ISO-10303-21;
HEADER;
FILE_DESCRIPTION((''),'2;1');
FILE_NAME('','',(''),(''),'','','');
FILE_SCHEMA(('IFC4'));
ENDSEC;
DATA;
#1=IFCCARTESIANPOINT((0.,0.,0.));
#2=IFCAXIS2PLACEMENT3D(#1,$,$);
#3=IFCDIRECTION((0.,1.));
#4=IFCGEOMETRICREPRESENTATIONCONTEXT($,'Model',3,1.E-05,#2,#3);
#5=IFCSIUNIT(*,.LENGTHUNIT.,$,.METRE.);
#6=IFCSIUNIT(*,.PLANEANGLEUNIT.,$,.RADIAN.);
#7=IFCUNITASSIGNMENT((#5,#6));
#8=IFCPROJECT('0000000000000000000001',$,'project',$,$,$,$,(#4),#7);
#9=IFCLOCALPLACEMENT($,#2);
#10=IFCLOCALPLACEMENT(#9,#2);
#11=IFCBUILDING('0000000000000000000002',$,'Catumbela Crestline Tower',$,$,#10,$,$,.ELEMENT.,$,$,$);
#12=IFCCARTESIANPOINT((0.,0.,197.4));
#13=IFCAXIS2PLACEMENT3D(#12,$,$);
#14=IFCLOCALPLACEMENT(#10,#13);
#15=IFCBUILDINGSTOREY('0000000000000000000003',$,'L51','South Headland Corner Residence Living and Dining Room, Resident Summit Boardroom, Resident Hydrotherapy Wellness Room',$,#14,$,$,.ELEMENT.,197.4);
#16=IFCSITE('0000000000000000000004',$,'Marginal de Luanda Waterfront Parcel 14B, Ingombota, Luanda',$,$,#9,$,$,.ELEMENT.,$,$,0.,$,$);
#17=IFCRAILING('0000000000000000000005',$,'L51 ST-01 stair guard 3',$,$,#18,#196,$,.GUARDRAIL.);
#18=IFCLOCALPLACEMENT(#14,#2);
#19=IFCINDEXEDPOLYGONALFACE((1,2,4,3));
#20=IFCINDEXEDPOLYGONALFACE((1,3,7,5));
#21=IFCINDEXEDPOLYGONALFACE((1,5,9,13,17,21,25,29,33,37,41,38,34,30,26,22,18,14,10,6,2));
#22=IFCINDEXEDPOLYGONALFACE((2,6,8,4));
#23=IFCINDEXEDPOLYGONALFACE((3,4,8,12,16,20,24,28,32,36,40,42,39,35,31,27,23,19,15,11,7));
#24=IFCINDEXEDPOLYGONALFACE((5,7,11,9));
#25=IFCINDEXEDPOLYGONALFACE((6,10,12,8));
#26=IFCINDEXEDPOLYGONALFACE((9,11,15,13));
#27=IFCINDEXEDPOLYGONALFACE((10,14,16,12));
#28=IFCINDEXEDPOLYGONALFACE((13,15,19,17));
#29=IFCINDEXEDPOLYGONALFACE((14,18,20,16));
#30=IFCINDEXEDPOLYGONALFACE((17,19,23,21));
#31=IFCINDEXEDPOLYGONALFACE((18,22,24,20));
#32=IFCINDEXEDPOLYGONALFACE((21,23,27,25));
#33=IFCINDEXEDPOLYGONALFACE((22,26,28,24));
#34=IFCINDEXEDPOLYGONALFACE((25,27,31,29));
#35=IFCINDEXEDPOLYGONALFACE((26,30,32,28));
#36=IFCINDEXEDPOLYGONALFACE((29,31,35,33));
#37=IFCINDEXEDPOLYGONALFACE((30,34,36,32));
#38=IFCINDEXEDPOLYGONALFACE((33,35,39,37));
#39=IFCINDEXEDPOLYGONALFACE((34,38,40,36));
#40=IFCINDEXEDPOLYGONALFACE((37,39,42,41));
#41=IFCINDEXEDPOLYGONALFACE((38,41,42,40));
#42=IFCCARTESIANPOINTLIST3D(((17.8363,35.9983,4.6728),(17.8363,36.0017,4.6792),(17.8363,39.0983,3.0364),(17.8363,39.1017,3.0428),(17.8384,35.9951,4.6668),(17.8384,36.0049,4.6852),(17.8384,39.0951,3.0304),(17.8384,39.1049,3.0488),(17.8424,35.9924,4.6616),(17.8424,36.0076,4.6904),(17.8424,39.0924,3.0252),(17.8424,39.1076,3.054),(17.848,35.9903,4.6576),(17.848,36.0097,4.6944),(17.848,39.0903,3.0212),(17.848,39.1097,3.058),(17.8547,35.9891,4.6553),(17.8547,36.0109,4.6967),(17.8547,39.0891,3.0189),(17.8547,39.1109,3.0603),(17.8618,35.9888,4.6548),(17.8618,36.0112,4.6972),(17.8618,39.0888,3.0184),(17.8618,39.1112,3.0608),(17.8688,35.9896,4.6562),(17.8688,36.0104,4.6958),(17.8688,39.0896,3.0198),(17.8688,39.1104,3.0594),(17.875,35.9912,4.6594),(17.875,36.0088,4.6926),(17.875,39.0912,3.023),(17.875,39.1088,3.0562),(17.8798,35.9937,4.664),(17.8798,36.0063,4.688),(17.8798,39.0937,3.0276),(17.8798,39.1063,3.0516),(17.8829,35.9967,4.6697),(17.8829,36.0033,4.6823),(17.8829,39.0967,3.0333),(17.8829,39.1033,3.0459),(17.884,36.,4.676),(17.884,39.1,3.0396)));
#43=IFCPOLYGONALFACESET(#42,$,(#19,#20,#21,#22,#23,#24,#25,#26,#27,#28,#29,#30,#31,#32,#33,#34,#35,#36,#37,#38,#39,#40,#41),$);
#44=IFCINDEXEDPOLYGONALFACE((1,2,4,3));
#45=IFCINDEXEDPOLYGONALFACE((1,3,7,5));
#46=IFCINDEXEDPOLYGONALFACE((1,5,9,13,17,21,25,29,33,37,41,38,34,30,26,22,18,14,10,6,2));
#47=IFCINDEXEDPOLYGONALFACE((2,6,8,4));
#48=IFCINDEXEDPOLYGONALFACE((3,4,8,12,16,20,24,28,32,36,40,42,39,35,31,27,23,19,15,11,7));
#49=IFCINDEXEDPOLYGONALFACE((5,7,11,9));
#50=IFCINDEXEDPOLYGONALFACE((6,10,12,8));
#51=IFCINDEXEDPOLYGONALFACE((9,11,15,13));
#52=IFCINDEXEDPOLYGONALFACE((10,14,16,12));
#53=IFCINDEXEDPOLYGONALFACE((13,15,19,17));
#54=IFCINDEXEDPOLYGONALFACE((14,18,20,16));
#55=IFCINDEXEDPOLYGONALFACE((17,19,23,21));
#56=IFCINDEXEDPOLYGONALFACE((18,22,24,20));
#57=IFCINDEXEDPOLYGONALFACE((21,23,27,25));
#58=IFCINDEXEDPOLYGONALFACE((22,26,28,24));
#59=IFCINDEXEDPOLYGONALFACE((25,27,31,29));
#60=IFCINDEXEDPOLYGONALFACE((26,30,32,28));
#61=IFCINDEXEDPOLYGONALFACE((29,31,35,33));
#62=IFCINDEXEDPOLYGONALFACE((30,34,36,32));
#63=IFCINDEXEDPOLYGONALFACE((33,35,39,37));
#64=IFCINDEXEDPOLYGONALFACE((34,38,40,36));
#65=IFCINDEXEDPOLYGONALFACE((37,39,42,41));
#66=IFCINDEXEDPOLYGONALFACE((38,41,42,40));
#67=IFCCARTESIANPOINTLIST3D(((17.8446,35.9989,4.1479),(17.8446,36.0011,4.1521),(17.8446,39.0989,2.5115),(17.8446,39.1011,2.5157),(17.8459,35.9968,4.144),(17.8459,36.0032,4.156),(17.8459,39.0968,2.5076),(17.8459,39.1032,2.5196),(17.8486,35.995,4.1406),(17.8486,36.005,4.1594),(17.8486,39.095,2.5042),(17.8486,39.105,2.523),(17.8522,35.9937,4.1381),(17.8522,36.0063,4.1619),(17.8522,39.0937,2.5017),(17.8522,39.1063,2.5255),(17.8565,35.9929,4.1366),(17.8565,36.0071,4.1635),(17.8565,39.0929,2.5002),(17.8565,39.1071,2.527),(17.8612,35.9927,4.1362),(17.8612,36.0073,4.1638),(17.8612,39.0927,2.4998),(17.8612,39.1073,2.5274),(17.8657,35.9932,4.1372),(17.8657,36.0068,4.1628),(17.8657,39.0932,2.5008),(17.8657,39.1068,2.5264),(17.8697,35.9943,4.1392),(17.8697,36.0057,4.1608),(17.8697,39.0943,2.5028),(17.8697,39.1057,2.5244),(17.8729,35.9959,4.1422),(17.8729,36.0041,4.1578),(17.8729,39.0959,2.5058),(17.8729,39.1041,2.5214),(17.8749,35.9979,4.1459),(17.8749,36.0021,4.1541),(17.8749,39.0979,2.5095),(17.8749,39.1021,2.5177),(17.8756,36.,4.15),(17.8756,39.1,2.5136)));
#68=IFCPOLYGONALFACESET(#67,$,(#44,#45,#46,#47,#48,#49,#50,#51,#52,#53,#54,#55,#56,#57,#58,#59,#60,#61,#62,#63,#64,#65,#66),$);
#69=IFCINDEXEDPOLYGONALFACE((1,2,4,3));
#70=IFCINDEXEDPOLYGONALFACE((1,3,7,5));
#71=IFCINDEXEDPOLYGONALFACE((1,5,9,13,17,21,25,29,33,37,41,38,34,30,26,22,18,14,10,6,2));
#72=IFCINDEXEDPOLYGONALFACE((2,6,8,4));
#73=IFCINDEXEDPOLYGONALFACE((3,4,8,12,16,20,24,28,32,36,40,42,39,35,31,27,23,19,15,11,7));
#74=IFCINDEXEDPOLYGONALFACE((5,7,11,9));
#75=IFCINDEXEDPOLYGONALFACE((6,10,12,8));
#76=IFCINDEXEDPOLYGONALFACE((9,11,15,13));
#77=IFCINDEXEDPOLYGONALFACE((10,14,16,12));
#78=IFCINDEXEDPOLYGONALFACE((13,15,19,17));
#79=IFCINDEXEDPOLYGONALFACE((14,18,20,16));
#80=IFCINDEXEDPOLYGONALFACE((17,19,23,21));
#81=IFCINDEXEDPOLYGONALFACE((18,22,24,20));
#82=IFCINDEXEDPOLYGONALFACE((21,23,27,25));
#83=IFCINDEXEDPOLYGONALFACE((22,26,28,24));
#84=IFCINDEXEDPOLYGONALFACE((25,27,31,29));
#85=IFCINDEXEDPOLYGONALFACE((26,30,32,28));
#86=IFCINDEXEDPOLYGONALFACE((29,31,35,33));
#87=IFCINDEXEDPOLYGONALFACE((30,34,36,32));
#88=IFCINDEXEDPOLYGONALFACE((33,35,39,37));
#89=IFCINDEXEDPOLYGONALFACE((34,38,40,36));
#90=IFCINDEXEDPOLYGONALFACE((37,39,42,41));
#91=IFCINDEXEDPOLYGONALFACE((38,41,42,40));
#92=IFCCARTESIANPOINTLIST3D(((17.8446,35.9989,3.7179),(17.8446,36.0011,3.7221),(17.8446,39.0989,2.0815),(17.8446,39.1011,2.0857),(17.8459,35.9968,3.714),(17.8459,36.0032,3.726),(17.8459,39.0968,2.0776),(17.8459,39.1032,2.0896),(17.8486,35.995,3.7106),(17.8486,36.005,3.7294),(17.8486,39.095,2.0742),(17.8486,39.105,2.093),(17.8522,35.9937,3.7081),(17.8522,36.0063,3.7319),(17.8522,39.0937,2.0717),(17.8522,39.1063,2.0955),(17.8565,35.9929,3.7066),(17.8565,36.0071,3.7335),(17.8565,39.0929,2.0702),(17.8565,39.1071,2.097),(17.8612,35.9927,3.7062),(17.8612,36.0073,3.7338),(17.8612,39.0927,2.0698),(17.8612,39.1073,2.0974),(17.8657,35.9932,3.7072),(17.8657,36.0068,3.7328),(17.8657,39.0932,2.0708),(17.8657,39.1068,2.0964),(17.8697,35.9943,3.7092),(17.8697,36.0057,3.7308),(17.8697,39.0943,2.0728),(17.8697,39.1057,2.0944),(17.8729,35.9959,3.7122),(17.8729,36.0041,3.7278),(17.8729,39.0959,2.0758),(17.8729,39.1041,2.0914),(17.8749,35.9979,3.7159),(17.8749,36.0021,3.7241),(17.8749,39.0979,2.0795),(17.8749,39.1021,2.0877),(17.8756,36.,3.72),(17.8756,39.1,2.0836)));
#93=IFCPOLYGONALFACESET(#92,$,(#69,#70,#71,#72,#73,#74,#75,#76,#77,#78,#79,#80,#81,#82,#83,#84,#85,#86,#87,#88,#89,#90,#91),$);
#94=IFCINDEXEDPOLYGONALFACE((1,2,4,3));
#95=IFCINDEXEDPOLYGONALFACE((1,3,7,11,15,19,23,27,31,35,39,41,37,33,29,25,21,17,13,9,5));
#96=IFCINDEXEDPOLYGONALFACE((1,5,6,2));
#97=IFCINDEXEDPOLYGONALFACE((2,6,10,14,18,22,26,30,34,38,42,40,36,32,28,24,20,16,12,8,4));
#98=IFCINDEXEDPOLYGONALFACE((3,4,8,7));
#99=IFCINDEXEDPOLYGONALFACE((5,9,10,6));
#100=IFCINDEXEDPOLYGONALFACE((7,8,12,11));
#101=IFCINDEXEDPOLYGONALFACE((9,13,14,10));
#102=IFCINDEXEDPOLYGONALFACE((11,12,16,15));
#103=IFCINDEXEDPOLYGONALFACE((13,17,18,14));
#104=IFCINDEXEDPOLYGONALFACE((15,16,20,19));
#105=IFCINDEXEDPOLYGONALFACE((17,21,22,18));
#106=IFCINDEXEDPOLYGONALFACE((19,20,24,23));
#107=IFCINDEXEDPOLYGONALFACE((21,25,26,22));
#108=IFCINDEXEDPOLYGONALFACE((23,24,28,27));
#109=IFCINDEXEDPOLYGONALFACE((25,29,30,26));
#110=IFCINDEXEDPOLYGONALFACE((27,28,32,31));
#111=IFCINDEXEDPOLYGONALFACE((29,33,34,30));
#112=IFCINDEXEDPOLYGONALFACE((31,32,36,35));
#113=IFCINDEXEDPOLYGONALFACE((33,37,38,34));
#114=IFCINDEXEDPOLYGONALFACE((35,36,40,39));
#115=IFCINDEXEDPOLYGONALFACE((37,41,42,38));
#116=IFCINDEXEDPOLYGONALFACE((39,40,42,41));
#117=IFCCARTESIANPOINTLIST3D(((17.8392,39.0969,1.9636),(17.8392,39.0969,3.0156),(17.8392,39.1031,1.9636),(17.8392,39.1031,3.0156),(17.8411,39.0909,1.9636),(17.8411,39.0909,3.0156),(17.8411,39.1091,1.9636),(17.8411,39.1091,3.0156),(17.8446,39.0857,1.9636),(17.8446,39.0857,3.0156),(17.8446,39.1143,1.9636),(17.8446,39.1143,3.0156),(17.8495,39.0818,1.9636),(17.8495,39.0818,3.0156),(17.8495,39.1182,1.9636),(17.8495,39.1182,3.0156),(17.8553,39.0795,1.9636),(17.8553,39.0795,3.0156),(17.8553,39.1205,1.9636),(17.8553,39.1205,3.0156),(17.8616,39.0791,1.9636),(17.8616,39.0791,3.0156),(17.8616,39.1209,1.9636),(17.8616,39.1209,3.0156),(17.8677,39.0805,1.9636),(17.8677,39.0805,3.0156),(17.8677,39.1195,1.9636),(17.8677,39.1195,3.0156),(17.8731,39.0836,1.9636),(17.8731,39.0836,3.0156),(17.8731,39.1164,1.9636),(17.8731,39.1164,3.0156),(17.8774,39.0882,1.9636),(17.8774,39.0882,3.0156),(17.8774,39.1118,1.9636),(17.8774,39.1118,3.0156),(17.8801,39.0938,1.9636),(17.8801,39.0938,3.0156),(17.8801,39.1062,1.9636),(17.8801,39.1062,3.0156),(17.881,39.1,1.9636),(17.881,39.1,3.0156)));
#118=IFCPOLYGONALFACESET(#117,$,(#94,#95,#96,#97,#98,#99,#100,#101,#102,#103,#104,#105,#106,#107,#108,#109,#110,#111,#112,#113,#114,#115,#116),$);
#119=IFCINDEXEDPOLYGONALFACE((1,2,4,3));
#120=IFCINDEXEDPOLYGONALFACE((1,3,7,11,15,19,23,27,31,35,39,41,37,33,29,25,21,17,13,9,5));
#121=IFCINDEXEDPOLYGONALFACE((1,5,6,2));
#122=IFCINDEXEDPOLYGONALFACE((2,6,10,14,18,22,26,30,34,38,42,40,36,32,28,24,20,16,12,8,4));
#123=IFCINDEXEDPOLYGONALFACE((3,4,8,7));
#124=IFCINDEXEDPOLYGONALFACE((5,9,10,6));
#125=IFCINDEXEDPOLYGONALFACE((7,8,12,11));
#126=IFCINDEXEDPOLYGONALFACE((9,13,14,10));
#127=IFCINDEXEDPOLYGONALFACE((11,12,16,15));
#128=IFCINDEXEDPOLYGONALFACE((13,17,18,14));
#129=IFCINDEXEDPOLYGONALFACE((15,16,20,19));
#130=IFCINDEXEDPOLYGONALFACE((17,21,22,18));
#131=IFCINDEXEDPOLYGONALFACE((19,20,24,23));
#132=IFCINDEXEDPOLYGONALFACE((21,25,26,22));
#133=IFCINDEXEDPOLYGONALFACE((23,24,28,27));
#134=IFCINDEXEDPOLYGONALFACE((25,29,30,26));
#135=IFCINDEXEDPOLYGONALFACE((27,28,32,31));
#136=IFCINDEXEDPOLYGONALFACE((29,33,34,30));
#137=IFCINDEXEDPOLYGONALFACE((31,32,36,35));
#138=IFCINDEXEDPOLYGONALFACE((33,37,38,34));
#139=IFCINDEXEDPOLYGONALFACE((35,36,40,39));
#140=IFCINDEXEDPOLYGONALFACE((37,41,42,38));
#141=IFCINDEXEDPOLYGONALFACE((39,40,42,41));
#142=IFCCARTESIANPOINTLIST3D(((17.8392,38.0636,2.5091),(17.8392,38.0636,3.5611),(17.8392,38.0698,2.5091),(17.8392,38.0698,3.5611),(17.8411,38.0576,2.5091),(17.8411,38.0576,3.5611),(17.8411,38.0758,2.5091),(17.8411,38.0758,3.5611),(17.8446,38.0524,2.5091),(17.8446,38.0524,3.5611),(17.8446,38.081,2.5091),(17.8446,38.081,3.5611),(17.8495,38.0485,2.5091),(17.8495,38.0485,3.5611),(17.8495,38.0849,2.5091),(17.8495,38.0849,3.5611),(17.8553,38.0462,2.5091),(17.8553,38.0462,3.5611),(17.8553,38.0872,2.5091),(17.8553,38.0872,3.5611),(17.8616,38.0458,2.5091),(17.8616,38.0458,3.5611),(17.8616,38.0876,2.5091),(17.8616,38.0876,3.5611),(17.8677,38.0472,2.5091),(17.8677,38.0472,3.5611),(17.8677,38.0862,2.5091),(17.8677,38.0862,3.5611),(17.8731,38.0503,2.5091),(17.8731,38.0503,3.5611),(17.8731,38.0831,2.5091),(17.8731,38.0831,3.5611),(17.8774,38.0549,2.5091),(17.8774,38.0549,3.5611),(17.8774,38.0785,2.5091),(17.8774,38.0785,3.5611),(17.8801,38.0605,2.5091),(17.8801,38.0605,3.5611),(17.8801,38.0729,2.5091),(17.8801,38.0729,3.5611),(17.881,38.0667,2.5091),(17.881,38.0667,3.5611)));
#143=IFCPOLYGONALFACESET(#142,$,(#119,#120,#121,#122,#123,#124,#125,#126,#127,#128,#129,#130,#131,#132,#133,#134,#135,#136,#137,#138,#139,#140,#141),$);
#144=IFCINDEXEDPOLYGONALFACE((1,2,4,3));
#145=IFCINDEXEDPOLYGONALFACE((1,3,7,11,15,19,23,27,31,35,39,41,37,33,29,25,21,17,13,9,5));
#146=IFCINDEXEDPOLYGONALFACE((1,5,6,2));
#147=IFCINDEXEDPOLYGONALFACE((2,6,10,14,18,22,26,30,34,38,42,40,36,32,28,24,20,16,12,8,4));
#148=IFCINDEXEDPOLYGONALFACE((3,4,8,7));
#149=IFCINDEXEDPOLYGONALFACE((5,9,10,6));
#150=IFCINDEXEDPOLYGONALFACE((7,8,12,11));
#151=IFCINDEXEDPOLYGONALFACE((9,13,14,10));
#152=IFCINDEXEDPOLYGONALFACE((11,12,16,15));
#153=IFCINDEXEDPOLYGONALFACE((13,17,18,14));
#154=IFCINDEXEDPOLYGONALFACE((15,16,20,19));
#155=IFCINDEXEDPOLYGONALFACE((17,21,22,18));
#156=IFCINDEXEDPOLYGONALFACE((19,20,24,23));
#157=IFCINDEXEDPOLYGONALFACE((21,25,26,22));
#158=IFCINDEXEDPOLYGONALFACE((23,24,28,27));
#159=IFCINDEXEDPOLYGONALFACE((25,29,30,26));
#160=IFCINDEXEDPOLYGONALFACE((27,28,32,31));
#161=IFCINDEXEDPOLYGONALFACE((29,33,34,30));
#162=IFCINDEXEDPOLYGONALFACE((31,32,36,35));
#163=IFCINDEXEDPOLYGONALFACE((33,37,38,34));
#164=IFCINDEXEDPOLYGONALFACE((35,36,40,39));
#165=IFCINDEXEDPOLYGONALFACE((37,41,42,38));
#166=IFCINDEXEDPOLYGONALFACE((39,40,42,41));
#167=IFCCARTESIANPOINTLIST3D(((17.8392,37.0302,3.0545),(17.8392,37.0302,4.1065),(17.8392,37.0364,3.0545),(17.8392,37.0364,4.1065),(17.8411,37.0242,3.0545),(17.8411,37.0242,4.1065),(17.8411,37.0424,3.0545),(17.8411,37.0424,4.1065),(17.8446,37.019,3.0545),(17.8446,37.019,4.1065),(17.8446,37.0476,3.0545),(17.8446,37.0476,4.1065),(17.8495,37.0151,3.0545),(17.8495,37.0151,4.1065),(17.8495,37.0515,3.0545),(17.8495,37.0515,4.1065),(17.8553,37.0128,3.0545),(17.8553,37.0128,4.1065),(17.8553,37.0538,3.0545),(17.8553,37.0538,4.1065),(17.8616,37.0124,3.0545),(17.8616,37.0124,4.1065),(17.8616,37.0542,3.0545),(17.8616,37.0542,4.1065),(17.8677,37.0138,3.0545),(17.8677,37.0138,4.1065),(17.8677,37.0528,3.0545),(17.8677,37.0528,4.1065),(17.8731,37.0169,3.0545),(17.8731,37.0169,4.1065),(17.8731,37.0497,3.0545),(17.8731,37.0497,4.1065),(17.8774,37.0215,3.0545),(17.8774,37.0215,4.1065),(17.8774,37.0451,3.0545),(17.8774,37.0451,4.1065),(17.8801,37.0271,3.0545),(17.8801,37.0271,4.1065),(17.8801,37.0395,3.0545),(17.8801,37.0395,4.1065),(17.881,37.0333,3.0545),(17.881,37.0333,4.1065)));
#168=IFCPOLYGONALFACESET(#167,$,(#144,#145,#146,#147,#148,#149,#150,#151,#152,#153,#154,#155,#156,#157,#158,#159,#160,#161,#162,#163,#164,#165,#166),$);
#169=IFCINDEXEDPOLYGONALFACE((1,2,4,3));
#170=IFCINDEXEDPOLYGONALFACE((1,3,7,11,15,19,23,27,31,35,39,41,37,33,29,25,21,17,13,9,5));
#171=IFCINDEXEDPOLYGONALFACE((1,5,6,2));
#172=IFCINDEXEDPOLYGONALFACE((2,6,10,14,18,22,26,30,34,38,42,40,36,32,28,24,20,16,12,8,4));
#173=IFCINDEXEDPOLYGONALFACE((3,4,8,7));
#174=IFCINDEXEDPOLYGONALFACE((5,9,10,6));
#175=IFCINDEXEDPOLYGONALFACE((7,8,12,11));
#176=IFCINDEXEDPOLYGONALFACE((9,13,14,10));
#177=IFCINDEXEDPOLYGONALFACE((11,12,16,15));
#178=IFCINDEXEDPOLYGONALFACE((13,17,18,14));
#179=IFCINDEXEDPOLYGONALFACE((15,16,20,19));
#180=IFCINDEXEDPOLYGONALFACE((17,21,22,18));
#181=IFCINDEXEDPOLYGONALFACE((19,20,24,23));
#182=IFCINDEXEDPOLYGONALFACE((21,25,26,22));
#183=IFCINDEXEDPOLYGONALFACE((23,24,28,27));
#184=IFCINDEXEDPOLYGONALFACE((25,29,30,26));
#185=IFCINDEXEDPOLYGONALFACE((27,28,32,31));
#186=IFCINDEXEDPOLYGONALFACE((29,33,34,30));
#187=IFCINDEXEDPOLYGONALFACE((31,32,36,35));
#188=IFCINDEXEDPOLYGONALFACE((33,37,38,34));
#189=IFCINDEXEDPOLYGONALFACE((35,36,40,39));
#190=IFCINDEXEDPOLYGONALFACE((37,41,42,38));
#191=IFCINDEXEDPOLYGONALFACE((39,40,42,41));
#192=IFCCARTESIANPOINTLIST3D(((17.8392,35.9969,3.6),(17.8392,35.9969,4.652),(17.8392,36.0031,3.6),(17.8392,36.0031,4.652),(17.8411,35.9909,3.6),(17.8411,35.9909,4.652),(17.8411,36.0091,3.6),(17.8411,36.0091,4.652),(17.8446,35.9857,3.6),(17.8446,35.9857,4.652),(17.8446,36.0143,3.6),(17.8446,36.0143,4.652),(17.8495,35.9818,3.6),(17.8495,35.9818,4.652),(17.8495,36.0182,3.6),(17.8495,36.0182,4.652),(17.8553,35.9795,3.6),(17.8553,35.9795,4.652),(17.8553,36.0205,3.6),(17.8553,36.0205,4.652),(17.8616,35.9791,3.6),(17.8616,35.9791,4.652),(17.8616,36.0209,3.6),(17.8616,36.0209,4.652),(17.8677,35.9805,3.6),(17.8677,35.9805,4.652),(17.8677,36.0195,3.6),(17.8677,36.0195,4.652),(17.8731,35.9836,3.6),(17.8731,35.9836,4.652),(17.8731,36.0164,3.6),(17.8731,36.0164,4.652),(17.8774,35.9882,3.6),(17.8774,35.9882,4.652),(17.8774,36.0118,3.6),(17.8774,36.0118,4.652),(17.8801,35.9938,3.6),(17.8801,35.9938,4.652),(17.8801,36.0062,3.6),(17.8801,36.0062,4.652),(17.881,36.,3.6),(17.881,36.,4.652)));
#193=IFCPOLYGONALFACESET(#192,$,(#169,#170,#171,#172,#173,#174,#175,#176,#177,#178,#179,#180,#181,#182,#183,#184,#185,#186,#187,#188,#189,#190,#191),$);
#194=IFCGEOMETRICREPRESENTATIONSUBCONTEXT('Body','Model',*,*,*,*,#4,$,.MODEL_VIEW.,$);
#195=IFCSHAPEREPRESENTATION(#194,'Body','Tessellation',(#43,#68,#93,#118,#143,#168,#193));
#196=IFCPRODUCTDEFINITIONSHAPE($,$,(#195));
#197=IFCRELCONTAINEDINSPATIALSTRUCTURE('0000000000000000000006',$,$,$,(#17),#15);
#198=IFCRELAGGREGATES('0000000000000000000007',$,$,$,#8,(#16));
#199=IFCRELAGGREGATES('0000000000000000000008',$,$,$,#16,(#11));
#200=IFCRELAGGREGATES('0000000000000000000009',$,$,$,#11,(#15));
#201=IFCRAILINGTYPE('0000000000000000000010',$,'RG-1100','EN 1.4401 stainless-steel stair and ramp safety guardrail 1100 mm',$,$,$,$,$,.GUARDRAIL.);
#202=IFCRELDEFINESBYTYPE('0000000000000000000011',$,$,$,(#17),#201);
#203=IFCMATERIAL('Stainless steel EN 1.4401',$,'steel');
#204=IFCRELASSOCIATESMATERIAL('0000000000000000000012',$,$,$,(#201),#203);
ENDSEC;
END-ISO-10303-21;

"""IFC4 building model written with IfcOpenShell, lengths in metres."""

from ifc_helpers import new_model, si_unit, direction, frame, origin, origin_2d, place, context, subcontext, project, spatial, circle, extrude, material, type_object, element, save


model = new_model("IFC4")

# Units and contexts
model_context = context("Model", 3, precision=1e-05, world=origin(), true_north=direction((0.0, 1.0)))
body_context = subcontext(model_context, "Body", "Model", "MODEL_VIEW")
ifc_project = project(units=[si_unit("LENGTHUNIT", "METRE"), si_unit("PLANEANGLEUNIT", "RADIAN")], contexts=[model_context])

# Site, building, storey
site_placement = place(None, origin())
site = spatial("IfcSite", under=ifc_project, at=site_placement, Name="Marginal de Luanda Waterfront Parcel 14B, Ingombota, Luanda", CompositionType="ELEMENT", RefElevation=0.0)
building_placement = place(site_placement, origin())
building = spatial("IfcBuilding", under=site, at=building_placement, Name="Catumbela Crestline Tower", CompositionType="ELEMENT")
storey_placement = place(building_placement, frame((0.0, 0.0, 197.4)))
storey = spatial("IfcBuildingStorey", under=building, at=storey_placement, Name="L51", Description="South Headland Corner Residence Living and Dining Room, Resident Summit Boardroom, Resident Hydrotherapy Wellness Room", CompositionType="ELEMENT", Elevation=197.4)

# Shared definitions
ifc_material_1 = material(Name="Stainless steel EN 1.4401", Category="steel")

# Railing
railing_type_1 = type_object("IfcRailingType", Name="RG-1100", Description="EN 1.4401 stainless-steel stair and ramp safety guardrail 1100 mm", PredefinedType="GUARDRAIL", material=ifc_material_1)
railing_1_placement = place(storey_placement, frame((17.86, 39.1, 1.9636)))
element("IfcRailing", 1, at=railing_1_placement, inside=storey, type_object=railing_type_1, Name="L51 ST-01 stair guard 3", PredefinedType="GUARDRAIL", context=body_context, shape_type="SweptSolid", body=[
    extrude(circle(Radius=0.024, at=origin_2d()), frame((0.0, 0.0, 1.076), z_axis=(0.0, -0.884351, 0.466823), x_axis=(1.0, 0.0, 0.0)), (0.0, 0.0, 1.0), 3.5054),
    extrude(circle(Radius=0.0156, at=origin_2d()), frame((0.0, 0.0, 0.55), z_axis=(0.0, -0.884351, 0.466823), x_axis=(1.0, 0.0, 0.0)), (0.0, 0.0, 1.0), 3.5054),
    extrude(circle(Radius=0.0156, at=origin_2d()), frame((0.0, 0.0, 0.12), z_axis=(0.0, -0.884351, 0.466823), x_axis=(1.0, 0.0, 0.0)), (0.0, 0.0, 1.0), 3.5054),
    extrude(circle(Radius=0.021, at=origin_2d()), origin(), (0.0, 0.0, 1.0), 1.052),
    extrude(circle(Radius=0.021, at=origin_2d()), frame((0.0, -1.0333, 0.5455)), (0.0, 0.0, 1.0), 1.052),
    extrude(circle(Radius=0.021, at=origin_2d()), frame((0.0, -2.0667, 1.0909)), (0.0, 0.0, 1.0), 1.052),
    extrude(circle(Radius=0.021, at=origin_2d()), frame((0.0, -3.1, 1.6364)), (0.0, 0.0, 1.0), 1.052),
])

save(model, "model.ifc")
